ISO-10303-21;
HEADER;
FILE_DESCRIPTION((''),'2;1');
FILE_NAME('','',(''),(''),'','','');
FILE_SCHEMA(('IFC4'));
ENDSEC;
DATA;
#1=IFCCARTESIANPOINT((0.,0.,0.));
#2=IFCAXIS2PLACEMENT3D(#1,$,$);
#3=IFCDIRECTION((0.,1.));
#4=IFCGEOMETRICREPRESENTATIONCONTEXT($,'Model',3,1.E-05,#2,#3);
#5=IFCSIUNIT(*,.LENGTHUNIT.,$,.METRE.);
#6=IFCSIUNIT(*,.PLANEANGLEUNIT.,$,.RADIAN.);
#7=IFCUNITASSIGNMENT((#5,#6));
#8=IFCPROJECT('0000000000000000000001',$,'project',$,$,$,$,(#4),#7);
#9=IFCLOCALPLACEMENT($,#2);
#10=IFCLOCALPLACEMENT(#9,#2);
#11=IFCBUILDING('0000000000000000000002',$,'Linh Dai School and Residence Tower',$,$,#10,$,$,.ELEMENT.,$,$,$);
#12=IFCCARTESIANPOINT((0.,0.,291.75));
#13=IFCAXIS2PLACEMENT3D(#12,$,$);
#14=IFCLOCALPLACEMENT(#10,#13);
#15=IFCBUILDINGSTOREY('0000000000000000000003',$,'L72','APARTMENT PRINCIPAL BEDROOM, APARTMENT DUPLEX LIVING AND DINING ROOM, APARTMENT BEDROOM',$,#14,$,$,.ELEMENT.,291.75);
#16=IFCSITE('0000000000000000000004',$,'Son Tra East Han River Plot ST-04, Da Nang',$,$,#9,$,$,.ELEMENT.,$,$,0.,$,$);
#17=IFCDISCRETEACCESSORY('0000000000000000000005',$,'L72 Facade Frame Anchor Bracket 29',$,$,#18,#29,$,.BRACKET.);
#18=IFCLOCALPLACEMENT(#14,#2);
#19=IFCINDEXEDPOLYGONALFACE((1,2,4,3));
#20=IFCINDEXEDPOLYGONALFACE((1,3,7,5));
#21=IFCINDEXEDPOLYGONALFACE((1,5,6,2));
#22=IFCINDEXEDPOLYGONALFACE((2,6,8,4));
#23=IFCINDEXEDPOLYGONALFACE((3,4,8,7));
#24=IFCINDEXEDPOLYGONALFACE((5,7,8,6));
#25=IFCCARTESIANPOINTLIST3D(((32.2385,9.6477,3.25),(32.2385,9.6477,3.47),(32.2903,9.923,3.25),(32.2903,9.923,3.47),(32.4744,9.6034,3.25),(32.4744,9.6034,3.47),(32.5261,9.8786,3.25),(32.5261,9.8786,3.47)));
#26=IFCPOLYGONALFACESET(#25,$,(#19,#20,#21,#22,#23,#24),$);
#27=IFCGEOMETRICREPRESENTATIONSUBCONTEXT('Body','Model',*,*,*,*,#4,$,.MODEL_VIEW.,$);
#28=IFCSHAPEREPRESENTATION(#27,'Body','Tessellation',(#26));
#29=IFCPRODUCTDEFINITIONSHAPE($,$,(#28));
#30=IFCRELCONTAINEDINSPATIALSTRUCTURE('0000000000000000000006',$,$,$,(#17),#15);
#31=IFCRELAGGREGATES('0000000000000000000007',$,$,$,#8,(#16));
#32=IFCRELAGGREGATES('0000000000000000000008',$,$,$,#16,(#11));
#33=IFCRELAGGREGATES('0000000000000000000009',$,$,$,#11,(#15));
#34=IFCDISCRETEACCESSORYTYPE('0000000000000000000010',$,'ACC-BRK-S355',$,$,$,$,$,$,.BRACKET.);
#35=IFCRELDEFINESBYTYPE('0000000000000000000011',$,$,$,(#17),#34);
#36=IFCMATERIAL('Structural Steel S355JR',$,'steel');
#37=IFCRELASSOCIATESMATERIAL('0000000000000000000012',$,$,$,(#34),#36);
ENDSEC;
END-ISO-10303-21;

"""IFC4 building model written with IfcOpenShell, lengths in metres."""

from ifc_helpers import new_model, si_unit, direction, frame, origin, origin_2d, place, context, subcontext, project, spatial, rectangle, extrude, source, transform, mapped, material, type_object, element, save


model = new_model("IFC4")

# Units and contexts
model_context = context("Model", 3, precision=1e-05, world=origin(), true_north=direction((0.0, 1.0)))
body_context = subcontext(model_context, "Body", "Model", "MODEL_VIEW")
ifc_project = project(units=[si_unit("LENGTHUNIT", "METRE"), si_unit("PLANEANGLEUNIT", "RADIAN")], contexts=[model_context])

# Site, building, storey
site_placement = place(None, origin())
site = spatial("IfcSite", under=ifc_project, at=site_placement, Name="Son Tra East Han River Plot ST-04, Da Nang", CompositionType="ELEMENT", RefElevation=0.0)
building_placement = place(site_placement, origin())
building = spatial("IfcBuilding", under=site, at=building_placement, Name="Linh Dai School and Residence Tower", CompositionType="ELEMENT")
storey_placement = place(building_placement, frame((0.0, 0.0, 291.75)))
storey = spatial("IfcBuildingStorey", under=building, at=storey_placement, Name="L72", Description="APARTMENT PRINCIPAL BEDROOM, APARTMENT DUPLEX LIVING AND DINING ROOM, APARTMENT BEDROOM", CompositionType="ELEMENT", Elevation=291.75)

# Shared definitions
ifc_material_1 = material(Name="Structural Steel S355JR", Category="steel")

# Discrete accessory
discrete_accessory_type = type_object("IfcDiscreteAccessoryType", Name="ACC-BRK-S355", PredefinedType="BRACKET", material=ifc_material_1)
shared_shape_1 = source(origin(), body_context, "Body", "SweptSolid", [
    extrude(rectangle(XDim=0.28, YDim=0.24, at=origin_2d()), origin(), (0.0, 0.0, 1.0), 0.22),
])
discrete_accessory_placement = place(storey_placement, frame((32.3823, 9.7632, 3.25), z_axis=(0.0, 0.0, 1.0), x_axis=(-0.184751, -0.982785, 0.0)))
element("IfcDiscreteAccessory", 1, at=discrete_accessory_placement, inside=storey, type_object=discrete_accessory_type, Name="L72 Facade Frame Anchor Bracket 29", PredefinedType="BRACKET", context=body_context, shape_type="MappedRepresentation", body=[
    mapped(shared_shape_1, transform((0.0, 0.0, 0.0), x_axis=(1.0, 0.0, 0.0), y_axis=(0.0, 1.0, 0.0), z_axis=(0.0, 0.0, 1.0), scale=1.0)),
])

save(model, "model.ifc")
